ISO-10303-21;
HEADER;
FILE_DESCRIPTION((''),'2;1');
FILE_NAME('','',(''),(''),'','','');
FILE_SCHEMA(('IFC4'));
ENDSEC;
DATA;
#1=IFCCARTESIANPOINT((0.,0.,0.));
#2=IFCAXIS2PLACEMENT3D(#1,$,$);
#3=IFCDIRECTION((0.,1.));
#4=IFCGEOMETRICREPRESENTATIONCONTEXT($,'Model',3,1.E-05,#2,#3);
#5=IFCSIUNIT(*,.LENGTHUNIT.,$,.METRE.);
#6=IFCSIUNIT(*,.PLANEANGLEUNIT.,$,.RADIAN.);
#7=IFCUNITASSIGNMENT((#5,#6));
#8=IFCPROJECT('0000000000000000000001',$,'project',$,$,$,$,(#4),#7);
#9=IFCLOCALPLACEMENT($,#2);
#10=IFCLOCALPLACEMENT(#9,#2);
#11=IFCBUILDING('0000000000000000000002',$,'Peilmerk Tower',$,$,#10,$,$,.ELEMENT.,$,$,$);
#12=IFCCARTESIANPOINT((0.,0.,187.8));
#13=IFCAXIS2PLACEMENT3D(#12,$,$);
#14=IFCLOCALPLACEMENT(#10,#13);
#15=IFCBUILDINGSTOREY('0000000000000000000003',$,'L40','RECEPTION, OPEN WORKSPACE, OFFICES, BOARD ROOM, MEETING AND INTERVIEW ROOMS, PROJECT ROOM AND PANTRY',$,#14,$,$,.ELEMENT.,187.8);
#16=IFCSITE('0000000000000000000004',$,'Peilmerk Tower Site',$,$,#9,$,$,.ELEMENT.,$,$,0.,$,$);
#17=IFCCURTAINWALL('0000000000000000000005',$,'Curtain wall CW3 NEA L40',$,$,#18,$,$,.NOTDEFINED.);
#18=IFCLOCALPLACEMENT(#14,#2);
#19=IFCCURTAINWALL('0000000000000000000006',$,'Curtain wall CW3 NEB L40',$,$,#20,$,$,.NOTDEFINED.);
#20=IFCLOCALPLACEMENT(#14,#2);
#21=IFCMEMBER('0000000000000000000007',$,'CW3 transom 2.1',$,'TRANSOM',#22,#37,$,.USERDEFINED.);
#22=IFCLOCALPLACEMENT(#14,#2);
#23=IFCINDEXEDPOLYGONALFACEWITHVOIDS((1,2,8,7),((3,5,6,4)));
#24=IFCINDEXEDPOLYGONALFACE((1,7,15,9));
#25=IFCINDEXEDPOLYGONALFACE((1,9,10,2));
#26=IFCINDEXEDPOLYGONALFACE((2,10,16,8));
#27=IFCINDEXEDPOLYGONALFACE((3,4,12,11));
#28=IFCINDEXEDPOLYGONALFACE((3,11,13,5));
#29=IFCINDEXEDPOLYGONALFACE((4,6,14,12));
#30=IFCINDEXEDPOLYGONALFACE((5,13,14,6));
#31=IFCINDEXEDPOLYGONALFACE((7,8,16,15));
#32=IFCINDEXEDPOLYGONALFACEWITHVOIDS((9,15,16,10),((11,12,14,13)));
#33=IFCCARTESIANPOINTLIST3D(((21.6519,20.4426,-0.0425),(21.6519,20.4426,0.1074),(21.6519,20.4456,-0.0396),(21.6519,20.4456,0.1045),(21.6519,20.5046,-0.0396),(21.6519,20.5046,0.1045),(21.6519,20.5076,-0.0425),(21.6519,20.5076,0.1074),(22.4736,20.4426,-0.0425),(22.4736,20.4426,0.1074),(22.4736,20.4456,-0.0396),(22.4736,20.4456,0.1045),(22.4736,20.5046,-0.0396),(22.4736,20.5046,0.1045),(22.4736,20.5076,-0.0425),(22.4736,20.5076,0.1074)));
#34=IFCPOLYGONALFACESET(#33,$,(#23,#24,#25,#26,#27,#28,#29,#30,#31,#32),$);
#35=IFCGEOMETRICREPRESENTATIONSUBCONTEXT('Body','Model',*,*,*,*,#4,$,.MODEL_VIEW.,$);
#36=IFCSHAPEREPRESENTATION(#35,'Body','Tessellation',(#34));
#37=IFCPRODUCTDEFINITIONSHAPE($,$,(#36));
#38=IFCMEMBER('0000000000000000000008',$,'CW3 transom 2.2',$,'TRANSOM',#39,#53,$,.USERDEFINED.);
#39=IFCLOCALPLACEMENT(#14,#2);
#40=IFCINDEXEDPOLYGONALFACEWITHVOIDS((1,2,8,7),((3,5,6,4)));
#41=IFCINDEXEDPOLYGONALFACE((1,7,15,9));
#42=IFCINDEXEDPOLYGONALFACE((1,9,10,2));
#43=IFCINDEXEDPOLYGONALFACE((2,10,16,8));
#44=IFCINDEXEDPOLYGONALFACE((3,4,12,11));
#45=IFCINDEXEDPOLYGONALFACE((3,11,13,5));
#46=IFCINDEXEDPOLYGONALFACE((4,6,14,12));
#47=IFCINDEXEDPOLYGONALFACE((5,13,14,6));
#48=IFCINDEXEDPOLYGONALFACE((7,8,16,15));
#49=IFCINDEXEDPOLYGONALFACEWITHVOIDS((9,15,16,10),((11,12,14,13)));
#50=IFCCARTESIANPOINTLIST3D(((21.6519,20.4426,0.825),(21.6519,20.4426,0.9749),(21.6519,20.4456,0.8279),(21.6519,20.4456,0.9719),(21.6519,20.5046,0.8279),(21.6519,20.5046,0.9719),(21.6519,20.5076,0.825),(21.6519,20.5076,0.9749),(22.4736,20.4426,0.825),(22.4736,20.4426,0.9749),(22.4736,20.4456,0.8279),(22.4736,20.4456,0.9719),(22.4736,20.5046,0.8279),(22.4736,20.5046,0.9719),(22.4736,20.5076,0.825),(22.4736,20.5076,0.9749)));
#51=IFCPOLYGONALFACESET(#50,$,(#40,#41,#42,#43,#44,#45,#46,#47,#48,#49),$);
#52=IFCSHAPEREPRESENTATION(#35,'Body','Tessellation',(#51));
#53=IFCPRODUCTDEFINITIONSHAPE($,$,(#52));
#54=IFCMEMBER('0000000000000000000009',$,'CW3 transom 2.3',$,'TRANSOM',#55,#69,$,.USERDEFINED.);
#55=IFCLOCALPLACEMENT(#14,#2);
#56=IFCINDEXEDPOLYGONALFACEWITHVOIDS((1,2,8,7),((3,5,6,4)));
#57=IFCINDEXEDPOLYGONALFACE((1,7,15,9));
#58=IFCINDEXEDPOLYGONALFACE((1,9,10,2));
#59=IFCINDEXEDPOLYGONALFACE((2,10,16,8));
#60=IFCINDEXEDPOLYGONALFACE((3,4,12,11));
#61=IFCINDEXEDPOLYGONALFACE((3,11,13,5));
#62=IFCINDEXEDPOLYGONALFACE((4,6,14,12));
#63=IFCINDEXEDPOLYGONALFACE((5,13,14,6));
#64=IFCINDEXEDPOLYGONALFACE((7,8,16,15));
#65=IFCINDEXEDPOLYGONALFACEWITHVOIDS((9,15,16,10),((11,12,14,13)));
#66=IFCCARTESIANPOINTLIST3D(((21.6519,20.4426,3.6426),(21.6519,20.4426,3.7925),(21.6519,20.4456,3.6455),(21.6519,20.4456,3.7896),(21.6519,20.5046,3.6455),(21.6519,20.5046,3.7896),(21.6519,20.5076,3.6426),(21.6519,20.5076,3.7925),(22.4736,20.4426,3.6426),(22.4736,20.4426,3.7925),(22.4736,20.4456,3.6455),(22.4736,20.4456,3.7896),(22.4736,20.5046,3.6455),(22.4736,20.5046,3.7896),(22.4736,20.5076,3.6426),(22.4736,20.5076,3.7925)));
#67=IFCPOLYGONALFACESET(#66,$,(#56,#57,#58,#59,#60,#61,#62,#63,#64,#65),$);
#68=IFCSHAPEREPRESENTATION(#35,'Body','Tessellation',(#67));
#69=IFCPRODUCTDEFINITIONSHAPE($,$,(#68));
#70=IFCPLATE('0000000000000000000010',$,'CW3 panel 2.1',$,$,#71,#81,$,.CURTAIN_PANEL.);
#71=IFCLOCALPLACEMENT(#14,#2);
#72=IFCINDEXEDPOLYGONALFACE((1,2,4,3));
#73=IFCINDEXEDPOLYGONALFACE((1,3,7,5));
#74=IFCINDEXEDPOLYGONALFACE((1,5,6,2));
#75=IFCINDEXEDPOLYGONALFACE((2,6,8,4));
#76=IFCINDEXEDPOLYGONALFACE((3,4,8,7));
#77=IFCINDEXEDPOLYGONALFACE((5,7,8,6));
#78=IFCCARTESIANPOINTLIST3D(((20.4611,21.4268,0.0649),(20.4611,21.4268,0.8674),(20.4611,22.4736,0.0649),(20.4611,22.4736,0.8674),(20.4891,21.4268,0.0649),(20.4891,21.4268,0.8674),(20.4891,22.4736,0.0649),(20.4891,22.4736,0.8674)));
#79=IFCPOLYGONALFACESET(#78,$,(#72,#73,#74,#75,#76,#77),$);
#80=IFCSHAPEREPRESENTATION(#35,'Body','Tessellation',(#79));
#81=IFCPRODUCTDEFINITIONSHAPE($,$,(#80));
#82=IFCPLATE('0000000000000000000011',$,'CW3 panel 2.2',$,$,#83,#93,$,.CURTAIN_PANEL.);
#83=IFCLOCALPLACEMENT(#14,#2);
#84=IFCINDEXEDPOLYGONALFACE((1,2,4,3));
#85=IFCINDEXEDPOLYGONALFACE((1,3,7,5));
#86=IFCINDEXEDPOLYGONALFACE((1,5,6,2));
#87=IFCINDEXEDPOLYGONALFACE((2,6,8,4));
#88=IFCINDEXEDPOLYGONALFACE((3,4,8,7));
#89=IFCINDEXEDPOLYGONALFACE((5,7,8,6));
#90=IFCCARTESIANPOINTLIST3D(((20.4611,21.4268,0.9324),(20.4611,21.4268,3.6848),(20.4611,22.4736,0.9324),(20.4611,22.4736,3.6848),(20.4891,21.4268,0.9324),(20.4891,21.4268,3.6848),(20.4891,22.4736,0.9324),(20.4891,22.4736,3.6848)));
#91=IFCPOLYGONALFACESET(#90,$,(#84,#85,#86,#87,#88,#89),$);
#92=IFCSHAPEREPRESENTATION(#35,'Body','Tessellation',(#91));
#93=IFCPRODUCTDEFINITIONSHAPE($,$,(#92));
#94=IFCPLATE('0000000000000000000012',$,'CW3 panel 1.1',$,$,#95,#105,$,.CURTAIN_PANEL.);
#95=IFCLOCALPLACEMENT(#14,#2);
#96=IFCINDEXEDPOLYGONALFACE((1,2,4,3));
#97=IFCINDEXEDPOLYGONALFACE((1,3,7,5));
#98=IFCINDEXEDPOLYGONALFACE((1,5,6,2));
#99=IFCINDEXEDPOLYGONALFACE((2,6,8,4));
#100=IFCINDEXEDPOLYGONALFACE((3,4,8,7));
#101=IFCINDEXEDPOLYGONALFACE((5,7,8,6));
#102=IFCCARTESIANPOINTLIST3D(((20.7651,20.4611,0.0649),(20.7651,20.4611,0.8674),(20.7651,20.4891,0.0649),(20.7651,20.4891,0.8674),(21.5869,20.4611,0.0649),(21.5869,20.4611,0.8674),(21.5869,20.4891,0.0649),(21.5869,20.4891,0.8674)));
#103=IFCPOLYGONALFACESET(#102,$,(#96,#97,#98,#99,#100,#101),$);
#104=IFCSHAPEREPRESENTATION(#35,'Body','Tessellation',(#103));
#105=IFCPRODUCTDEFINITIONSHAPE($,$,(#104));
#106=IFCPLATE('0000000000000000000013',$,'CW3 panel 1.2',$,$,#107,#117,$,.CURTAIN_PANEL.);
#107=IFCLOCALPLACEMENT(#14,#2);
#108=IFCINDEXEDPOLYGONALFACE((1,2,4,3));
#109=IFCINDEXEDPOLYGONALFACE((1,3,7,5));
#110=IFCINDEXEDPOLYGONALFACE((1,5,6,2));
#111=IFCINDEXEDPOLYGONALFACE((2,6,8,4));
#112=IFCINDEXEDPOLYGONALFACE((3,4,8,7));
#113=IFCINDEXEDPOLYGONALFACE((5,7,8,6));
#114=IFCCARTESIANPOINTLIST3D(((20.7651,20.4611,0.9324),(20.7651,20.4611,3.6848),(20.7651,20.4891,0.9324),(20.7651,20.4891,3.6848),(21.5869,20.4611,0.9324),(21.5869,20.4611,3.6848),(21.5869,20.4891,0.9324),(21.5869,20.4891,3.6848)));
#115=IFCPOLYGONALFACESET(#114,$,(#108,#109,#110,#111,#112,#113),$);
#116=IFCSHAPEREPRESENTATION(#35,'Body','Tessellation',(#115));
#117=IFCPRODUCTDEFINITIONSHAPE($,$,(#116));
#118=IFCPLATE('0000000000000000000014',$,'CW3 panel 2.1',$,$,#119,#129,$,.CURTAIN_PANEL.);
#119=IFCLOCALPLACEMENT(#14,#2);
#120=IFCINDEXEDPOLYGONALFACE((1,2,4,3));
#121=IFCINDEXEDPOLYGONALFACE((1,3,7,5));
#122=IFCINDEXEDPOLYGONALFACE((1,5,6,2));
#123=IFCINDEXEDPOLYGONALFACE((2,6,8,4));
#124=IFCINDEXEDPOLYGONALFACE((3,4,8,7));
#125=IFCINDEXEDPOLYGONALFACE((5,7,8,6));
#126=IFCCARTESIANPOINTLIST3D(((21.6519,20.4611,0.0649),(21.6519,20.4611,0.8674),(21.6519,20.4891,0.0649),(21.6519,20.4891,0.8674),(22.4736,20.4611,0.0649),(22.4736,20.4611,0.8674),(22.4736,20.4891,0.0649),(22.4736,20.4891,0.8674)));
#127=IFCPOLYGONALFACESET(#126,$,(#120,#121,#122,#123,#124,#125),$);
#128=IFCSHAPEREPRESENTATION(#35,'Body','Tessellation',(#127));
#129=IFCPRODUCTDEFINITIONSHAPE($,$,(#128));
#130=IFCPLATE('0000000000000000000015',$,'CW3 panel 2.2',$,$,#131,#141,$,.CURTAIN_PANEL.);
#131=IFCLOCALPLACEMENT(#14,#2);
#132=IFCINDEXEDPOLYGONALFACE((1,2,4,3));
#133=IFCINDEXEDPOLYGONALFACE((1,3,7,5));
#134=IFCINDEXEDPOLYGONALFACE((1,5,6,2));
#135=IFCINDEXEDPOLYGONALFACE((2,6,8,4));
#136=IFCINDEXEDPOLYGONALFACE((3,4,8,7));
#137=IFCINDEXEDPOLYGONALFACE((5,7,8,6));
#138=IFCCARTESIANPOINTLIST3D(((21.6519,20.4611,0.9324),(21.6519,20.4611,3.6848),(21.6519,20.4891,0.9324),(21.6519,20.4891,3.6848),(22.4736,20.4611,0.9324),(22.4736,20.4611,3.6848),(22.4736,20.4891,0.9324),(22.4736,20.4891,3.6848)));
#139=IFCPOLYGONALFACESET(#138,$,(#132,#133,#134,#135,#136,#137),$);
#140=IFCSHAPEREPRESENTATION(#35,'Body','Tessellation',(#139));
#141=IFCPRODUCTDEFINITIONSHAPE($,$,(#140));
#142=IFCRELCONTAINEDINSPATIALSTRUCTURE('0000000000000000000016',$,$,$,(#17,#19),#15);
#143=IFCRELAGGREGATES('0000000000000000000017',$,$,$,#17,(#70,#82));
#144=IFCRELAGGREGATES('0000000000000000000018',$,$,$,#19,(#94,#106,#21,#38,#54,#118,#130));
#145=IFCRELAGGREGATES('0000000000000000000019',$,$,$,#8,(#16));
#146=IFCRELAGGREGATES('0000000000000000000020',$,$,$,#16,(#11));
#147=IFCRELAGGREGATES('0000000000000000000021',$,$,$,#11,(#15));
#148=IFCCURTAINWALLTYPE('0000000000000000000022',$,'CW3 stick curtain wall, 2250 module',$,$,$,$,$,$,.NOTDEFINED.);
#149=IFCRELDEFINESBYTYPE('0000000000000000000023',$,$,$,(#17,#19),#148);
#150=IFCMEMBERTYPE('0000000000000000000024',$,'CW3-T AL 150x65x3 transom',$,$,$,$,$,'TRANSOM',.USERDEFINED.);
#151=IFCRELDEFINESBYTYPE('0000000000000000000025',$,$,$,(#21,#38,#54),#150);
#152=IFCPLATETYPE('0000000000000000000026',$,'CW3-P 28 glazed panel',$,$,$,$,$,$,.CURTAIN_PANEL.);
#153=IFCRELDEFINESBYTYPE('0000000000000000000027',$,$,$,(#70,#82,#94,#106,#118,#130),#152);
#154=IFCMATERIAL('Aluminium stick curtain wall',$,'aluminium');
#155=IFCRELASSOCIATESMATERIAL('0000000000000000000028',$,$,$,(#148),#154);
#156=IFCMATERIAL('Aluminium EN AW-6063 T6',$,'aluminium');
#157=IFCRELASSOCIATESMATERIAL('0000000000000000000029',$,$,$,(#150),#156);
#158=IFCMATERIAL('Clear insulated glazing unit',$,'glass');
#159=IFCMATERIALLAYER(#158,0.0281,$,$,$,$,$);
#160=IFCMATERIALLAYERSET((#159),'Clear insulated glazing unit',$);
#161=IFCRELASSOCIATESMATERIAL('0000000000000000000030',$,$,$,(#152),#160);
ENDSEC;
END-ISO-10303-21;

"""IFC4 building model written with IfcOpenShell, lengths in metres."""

from ifc_helpers import new_model, si_unit, direction, frame, origin, origin_2d, place, context, subcontext, project, spatial, rectangle, hollow_rectangle, extrude, material, layer, layer_set, material_profile, profile_set, type_object, element, aggregate, save


model = new_model("IFC4")

# Units and contexts
model_context = context("Model", 3, precision=1e-05, world=origin(), true_north=direction((0.0, 1.0)))
body_context = subcontext(model_context, "Body", "Model", "MODEL_VIEW")
ifc_project = project(units=[si_unit("LENGTHUNIT", "METRE"), si_unit("PLANEANGLEUNIT", "RADIAN")], contexts=[model_context])

# Site, building, storey
site_placement = place(None, origin())
site = spatial("IfcSite", under=ifc_project, at=site_placement, Name="Peilmerk Tower Site", CompositionType="ELEMENT", RefElevation=0.0)
building_placement = place(site_placement, origin())
building = spatial("IfcBuilding", under=site, at=building_placement, Name="Peilmerk Tower", CompositionType="ELEMENT")
storey_placement = place(building_placement, frame((0.0, 0.0, 187.8)))
storey = spatial("IfcBuildingStorey", under=building, at=storey_placement, Name="L40", Description="RECEPTION, OPEN WORKSPACE, OFFICES, BOARD ROOM, MEETING AND INTERVIEW ROOMS, PROJECT ROOM AND PANTRY", CompositionType="ELEMENT", Elevation=187.8)

# Curtain wall
ifc_material_1 = material(Name="Aluminium stick curtain wall", Category="aluminium")
curtain_wall_type = type_object("IfcCurtainWallType", Name="CW3 stick curtain wall, 2250 module", PredefinedType="NOTDEFINED", material=ifc_material_1)
curtain_wall_1_placement = place(storey_placement, origin())
curtain_wall_1 = element("IfcCurtainWall", 1, at=curtain_wall_1_placement, inside=storey, type_object=curtain_wall_type, Name="Curtain wall CW3 NEA L40", PredefinedType="NOTDEFINED")
ifc_material_2 = material(Name="Aluminium EN AW-6063 T6", Category="aluminium")

# Curtain wall, members
curtain_wall_2_placement = place(storey_placement, origin())
curtain_wall_2 = element("IfcCurtainWall", 2, at=curtain_wall_2_placement, inside=storey, type_object=curtain_wall_type, Name="Curtain wall CW3 NEB L40", PredefinedType="NOTDEFINED")
ifc_material_profile_1 = material_profile(ifc_material_2, hollow_rectangle(XDim=0.0649, YDim=0.1499, WallThickness=0.0029, at=origin_2d()), Name="AL 150x65x3")
ifc_profile_set_1 = profile_set([ifc_material_profile_1], Name="Aluminium EN AW-6063 T6")
member_type_1 = type_object("IfcMemberType", Name="CW3-T AL 150x65x3 transom", ElementType="TRANSOM", PredefinedType="USERDEFINED", material=ifc_profile_set_1)
member_1_placement = place(storey_placement, frame((21.6519, 20.4751, 0.0325), z_axis=(1.0, 0.0, 0.0), x_axis=(0.0, 1.0, 0.0)))
member_1 = element("IfcMember", 3, at=member_1_placement, type_object=member_type_1, Name="CW3 transom 2.1", ObjectType="TRANSOM", PredefinedType="USERDEFINED", context=body_context, shape_type="SweptSolid", body=[
    extrude(hollow_rectangle(XDim=0.0649, YDim=0.1499, WallThickness=0.0029, at=origin_2d()), origin(), (0.0, 0.0, 1.0), 0.8218),
])
member_2_placement = place(storey_placement, frame((21.6519, 20.4751, 0.8999), z_axis=(1.0, 0.0, 0.0), x_axis=(0.0, 1.0, 0.0)))
member_2 = element("IfcMember", 4, at=member_2_placement, type_object=member_type_1, Name="CW3 transom 2.2", ObjectType="TRANSOM", PredefinedType="USERDEFINED", context=body_context, shape_type="SweptSolid", body=[
    extrude(hollow_rectangle(XDim=0.0649, YDim=0.1499, WallThickness=0.0029, at=origin_2d()), origin(), (0.0, 0.0, 1.0), 0.8218),
])
member_3_placement = place(storey_placement, frame((21.6519, 20.4751, 3.7175), z_axis=(1.0, 0.0, 0.0), x_axis=(0.0, 1.0, 0.0)))
member_3 = element("IfcMember", 5, at=member_3_placement, type_object=member_type_1, Name="CW3 transom 2.3", ObjectType="TRANSOM", PredefinedType="USERDEFINED", context=body_context, shape_type="SweptSolid", body=[
    extrude(hollow_rectangle(XDim=0.0649, YDim=0.1499, WallThickness=0.0029, at=origin_2d()), origin(), (0.0, 0.0, 1.0), 0.8218),
])

# Plates
ifc_material_3 = material(Name="Clear insulated glazing unit", Category="glass")
ifc_layer_1 = layer(ifc_material_3, 0.0281)
ifc_layer_set_1 = layer_set([ifc_layer_1], Name="Clear insulated glazing unit")
plate_type = type_object("IfcPlateType", Name="CW3-P 28 glazed panel", PredefinedType="CURTAIN_PANEL", material=ifc_layer_set_1)
plate_1_placement = place(storey_placement, frame((20.4751, 21.9502, 0.0649), z_axis=(0.0, 0.0, 1.0), x_axis=(0.0, 1.0, 0.0)))
plate_1 = element("IfcPlate", 6, at=plate_1_placement, type_object=plate_type, Name="CW3 panel 2.1", PredefinedType="CURTAIN_PANEL", context=body_context, shape_type="SweptSolid", body=[
    extrude(rectangle(XDim=1.0469, YDim=0.0281, at=origin_2d()), origin(), (0.0, 0.0, 1.0), 0.8025),
])
plate_2_placement = place(storey_placement, frame((20.4751, 21.9502, 0.9324), z_axis=(0.0, 0.0, 1.0), x_axis=(0.0, 1.0, 0.0)))
plate_2 = element("IfcPlate", 7, at=plate_2_placement, type_object=plate_type, Name="CW3 panel 2.2", PredefinedType="CURTAIN_PANEL", context=body_context, shape_type="SweptSolid", body=[
    extrude(rectangle(XDim=1.0469, YDim=0.0281, at=origin_2d()), origin(), (0.0, 0.0, 1.0), 2.7524),
])
aggregate(curtain_wall_1, [plate_1, plate_2])
plate_3_placement = place(storey_placement, frame((21.176, 20.4751, 0.0649), z_axis=(0.0, 0.0, 1.0), x_axis=(1.0, 0.0, 0.0)))
plate_3 = element("IfcPlate", 8, at=plate_3_placement, type_object=plate_type, Name="CW3 panel 1.1", PredefinedType="CURTAIN_PANEL", context=body_context, shape_type="SweptSolid", body=[
    extrude(rectangle(XDim=0.8218, YDim=0.0281, at=origin_2d()), origin(), (0.0, 0.0, 1.0), 0.8025),
])
plate_4_placement = place(storey_placement, frame((21.176, 20.4751, 0.9324), z_axis=(0.0, 0.0, 1.0), x_axis=(1.0, 0.0, 0.0)))
plate_4 = element("IfcPlate", 9, at=plate_4_placement, type_object=plate_type, Name="CW3 panel 1.2", PredefinedType="CURTAIN_PANEL", context=body_context, shape_type="SweptSolid", body=[
    extrude(rectangle(XDim=0.8218, YDim=0.0281, at=origin_2d()), origin(), (0.0, 0.0, 1.0), 2.7524),
])
plate_5_placement = place(storey_placement, frame((22.0627, 20.4751, 0.0649), z_axis=(0.0, 0.0, 1.0), x_axis=(1.0, 0.0, 0.0)))
plate_5 = element("IfcPlate", 10, at=plate_5_placement, type_object=plate_type, Name="CW3 panel 2.1", PredefinedType="CURTAIN_PANEL", context=body_context, shape_type="SweptSolid", body=[
    extrude(rectangle(XDim=0.8218, YDim=0.0281, at=origin_2d()), origin(), (0.0, 0.0, 1.0), 0.8025),
])
plate_6_placement = place(storey_placement, frame((22.0627, 20.4751, 0.9324), z_axis=(0.0, 0.0, 1.0), x_axis=(1.0, 0.0, 0.0)))
plate_6 = element("IfcPlate", 11, at=plate_6_placement, type_object=plate_type, Name="CW3 panel 2.2", PredefinedType="CURTAIN_PANEL", context=body_context, shape_type="SweptSolid", body=[
    extrude(rectangle(XDim=0.8218, YDim=0.0281, at=origin_2d()), origin(), (0.0, 0.0, 1.0), 2.7524),
])
aggregate(curtain_wall_2, [plate_3, plate_4, member_1, member_2, member_3, plate_5, plate_6])

save(model, "model.ifc")
